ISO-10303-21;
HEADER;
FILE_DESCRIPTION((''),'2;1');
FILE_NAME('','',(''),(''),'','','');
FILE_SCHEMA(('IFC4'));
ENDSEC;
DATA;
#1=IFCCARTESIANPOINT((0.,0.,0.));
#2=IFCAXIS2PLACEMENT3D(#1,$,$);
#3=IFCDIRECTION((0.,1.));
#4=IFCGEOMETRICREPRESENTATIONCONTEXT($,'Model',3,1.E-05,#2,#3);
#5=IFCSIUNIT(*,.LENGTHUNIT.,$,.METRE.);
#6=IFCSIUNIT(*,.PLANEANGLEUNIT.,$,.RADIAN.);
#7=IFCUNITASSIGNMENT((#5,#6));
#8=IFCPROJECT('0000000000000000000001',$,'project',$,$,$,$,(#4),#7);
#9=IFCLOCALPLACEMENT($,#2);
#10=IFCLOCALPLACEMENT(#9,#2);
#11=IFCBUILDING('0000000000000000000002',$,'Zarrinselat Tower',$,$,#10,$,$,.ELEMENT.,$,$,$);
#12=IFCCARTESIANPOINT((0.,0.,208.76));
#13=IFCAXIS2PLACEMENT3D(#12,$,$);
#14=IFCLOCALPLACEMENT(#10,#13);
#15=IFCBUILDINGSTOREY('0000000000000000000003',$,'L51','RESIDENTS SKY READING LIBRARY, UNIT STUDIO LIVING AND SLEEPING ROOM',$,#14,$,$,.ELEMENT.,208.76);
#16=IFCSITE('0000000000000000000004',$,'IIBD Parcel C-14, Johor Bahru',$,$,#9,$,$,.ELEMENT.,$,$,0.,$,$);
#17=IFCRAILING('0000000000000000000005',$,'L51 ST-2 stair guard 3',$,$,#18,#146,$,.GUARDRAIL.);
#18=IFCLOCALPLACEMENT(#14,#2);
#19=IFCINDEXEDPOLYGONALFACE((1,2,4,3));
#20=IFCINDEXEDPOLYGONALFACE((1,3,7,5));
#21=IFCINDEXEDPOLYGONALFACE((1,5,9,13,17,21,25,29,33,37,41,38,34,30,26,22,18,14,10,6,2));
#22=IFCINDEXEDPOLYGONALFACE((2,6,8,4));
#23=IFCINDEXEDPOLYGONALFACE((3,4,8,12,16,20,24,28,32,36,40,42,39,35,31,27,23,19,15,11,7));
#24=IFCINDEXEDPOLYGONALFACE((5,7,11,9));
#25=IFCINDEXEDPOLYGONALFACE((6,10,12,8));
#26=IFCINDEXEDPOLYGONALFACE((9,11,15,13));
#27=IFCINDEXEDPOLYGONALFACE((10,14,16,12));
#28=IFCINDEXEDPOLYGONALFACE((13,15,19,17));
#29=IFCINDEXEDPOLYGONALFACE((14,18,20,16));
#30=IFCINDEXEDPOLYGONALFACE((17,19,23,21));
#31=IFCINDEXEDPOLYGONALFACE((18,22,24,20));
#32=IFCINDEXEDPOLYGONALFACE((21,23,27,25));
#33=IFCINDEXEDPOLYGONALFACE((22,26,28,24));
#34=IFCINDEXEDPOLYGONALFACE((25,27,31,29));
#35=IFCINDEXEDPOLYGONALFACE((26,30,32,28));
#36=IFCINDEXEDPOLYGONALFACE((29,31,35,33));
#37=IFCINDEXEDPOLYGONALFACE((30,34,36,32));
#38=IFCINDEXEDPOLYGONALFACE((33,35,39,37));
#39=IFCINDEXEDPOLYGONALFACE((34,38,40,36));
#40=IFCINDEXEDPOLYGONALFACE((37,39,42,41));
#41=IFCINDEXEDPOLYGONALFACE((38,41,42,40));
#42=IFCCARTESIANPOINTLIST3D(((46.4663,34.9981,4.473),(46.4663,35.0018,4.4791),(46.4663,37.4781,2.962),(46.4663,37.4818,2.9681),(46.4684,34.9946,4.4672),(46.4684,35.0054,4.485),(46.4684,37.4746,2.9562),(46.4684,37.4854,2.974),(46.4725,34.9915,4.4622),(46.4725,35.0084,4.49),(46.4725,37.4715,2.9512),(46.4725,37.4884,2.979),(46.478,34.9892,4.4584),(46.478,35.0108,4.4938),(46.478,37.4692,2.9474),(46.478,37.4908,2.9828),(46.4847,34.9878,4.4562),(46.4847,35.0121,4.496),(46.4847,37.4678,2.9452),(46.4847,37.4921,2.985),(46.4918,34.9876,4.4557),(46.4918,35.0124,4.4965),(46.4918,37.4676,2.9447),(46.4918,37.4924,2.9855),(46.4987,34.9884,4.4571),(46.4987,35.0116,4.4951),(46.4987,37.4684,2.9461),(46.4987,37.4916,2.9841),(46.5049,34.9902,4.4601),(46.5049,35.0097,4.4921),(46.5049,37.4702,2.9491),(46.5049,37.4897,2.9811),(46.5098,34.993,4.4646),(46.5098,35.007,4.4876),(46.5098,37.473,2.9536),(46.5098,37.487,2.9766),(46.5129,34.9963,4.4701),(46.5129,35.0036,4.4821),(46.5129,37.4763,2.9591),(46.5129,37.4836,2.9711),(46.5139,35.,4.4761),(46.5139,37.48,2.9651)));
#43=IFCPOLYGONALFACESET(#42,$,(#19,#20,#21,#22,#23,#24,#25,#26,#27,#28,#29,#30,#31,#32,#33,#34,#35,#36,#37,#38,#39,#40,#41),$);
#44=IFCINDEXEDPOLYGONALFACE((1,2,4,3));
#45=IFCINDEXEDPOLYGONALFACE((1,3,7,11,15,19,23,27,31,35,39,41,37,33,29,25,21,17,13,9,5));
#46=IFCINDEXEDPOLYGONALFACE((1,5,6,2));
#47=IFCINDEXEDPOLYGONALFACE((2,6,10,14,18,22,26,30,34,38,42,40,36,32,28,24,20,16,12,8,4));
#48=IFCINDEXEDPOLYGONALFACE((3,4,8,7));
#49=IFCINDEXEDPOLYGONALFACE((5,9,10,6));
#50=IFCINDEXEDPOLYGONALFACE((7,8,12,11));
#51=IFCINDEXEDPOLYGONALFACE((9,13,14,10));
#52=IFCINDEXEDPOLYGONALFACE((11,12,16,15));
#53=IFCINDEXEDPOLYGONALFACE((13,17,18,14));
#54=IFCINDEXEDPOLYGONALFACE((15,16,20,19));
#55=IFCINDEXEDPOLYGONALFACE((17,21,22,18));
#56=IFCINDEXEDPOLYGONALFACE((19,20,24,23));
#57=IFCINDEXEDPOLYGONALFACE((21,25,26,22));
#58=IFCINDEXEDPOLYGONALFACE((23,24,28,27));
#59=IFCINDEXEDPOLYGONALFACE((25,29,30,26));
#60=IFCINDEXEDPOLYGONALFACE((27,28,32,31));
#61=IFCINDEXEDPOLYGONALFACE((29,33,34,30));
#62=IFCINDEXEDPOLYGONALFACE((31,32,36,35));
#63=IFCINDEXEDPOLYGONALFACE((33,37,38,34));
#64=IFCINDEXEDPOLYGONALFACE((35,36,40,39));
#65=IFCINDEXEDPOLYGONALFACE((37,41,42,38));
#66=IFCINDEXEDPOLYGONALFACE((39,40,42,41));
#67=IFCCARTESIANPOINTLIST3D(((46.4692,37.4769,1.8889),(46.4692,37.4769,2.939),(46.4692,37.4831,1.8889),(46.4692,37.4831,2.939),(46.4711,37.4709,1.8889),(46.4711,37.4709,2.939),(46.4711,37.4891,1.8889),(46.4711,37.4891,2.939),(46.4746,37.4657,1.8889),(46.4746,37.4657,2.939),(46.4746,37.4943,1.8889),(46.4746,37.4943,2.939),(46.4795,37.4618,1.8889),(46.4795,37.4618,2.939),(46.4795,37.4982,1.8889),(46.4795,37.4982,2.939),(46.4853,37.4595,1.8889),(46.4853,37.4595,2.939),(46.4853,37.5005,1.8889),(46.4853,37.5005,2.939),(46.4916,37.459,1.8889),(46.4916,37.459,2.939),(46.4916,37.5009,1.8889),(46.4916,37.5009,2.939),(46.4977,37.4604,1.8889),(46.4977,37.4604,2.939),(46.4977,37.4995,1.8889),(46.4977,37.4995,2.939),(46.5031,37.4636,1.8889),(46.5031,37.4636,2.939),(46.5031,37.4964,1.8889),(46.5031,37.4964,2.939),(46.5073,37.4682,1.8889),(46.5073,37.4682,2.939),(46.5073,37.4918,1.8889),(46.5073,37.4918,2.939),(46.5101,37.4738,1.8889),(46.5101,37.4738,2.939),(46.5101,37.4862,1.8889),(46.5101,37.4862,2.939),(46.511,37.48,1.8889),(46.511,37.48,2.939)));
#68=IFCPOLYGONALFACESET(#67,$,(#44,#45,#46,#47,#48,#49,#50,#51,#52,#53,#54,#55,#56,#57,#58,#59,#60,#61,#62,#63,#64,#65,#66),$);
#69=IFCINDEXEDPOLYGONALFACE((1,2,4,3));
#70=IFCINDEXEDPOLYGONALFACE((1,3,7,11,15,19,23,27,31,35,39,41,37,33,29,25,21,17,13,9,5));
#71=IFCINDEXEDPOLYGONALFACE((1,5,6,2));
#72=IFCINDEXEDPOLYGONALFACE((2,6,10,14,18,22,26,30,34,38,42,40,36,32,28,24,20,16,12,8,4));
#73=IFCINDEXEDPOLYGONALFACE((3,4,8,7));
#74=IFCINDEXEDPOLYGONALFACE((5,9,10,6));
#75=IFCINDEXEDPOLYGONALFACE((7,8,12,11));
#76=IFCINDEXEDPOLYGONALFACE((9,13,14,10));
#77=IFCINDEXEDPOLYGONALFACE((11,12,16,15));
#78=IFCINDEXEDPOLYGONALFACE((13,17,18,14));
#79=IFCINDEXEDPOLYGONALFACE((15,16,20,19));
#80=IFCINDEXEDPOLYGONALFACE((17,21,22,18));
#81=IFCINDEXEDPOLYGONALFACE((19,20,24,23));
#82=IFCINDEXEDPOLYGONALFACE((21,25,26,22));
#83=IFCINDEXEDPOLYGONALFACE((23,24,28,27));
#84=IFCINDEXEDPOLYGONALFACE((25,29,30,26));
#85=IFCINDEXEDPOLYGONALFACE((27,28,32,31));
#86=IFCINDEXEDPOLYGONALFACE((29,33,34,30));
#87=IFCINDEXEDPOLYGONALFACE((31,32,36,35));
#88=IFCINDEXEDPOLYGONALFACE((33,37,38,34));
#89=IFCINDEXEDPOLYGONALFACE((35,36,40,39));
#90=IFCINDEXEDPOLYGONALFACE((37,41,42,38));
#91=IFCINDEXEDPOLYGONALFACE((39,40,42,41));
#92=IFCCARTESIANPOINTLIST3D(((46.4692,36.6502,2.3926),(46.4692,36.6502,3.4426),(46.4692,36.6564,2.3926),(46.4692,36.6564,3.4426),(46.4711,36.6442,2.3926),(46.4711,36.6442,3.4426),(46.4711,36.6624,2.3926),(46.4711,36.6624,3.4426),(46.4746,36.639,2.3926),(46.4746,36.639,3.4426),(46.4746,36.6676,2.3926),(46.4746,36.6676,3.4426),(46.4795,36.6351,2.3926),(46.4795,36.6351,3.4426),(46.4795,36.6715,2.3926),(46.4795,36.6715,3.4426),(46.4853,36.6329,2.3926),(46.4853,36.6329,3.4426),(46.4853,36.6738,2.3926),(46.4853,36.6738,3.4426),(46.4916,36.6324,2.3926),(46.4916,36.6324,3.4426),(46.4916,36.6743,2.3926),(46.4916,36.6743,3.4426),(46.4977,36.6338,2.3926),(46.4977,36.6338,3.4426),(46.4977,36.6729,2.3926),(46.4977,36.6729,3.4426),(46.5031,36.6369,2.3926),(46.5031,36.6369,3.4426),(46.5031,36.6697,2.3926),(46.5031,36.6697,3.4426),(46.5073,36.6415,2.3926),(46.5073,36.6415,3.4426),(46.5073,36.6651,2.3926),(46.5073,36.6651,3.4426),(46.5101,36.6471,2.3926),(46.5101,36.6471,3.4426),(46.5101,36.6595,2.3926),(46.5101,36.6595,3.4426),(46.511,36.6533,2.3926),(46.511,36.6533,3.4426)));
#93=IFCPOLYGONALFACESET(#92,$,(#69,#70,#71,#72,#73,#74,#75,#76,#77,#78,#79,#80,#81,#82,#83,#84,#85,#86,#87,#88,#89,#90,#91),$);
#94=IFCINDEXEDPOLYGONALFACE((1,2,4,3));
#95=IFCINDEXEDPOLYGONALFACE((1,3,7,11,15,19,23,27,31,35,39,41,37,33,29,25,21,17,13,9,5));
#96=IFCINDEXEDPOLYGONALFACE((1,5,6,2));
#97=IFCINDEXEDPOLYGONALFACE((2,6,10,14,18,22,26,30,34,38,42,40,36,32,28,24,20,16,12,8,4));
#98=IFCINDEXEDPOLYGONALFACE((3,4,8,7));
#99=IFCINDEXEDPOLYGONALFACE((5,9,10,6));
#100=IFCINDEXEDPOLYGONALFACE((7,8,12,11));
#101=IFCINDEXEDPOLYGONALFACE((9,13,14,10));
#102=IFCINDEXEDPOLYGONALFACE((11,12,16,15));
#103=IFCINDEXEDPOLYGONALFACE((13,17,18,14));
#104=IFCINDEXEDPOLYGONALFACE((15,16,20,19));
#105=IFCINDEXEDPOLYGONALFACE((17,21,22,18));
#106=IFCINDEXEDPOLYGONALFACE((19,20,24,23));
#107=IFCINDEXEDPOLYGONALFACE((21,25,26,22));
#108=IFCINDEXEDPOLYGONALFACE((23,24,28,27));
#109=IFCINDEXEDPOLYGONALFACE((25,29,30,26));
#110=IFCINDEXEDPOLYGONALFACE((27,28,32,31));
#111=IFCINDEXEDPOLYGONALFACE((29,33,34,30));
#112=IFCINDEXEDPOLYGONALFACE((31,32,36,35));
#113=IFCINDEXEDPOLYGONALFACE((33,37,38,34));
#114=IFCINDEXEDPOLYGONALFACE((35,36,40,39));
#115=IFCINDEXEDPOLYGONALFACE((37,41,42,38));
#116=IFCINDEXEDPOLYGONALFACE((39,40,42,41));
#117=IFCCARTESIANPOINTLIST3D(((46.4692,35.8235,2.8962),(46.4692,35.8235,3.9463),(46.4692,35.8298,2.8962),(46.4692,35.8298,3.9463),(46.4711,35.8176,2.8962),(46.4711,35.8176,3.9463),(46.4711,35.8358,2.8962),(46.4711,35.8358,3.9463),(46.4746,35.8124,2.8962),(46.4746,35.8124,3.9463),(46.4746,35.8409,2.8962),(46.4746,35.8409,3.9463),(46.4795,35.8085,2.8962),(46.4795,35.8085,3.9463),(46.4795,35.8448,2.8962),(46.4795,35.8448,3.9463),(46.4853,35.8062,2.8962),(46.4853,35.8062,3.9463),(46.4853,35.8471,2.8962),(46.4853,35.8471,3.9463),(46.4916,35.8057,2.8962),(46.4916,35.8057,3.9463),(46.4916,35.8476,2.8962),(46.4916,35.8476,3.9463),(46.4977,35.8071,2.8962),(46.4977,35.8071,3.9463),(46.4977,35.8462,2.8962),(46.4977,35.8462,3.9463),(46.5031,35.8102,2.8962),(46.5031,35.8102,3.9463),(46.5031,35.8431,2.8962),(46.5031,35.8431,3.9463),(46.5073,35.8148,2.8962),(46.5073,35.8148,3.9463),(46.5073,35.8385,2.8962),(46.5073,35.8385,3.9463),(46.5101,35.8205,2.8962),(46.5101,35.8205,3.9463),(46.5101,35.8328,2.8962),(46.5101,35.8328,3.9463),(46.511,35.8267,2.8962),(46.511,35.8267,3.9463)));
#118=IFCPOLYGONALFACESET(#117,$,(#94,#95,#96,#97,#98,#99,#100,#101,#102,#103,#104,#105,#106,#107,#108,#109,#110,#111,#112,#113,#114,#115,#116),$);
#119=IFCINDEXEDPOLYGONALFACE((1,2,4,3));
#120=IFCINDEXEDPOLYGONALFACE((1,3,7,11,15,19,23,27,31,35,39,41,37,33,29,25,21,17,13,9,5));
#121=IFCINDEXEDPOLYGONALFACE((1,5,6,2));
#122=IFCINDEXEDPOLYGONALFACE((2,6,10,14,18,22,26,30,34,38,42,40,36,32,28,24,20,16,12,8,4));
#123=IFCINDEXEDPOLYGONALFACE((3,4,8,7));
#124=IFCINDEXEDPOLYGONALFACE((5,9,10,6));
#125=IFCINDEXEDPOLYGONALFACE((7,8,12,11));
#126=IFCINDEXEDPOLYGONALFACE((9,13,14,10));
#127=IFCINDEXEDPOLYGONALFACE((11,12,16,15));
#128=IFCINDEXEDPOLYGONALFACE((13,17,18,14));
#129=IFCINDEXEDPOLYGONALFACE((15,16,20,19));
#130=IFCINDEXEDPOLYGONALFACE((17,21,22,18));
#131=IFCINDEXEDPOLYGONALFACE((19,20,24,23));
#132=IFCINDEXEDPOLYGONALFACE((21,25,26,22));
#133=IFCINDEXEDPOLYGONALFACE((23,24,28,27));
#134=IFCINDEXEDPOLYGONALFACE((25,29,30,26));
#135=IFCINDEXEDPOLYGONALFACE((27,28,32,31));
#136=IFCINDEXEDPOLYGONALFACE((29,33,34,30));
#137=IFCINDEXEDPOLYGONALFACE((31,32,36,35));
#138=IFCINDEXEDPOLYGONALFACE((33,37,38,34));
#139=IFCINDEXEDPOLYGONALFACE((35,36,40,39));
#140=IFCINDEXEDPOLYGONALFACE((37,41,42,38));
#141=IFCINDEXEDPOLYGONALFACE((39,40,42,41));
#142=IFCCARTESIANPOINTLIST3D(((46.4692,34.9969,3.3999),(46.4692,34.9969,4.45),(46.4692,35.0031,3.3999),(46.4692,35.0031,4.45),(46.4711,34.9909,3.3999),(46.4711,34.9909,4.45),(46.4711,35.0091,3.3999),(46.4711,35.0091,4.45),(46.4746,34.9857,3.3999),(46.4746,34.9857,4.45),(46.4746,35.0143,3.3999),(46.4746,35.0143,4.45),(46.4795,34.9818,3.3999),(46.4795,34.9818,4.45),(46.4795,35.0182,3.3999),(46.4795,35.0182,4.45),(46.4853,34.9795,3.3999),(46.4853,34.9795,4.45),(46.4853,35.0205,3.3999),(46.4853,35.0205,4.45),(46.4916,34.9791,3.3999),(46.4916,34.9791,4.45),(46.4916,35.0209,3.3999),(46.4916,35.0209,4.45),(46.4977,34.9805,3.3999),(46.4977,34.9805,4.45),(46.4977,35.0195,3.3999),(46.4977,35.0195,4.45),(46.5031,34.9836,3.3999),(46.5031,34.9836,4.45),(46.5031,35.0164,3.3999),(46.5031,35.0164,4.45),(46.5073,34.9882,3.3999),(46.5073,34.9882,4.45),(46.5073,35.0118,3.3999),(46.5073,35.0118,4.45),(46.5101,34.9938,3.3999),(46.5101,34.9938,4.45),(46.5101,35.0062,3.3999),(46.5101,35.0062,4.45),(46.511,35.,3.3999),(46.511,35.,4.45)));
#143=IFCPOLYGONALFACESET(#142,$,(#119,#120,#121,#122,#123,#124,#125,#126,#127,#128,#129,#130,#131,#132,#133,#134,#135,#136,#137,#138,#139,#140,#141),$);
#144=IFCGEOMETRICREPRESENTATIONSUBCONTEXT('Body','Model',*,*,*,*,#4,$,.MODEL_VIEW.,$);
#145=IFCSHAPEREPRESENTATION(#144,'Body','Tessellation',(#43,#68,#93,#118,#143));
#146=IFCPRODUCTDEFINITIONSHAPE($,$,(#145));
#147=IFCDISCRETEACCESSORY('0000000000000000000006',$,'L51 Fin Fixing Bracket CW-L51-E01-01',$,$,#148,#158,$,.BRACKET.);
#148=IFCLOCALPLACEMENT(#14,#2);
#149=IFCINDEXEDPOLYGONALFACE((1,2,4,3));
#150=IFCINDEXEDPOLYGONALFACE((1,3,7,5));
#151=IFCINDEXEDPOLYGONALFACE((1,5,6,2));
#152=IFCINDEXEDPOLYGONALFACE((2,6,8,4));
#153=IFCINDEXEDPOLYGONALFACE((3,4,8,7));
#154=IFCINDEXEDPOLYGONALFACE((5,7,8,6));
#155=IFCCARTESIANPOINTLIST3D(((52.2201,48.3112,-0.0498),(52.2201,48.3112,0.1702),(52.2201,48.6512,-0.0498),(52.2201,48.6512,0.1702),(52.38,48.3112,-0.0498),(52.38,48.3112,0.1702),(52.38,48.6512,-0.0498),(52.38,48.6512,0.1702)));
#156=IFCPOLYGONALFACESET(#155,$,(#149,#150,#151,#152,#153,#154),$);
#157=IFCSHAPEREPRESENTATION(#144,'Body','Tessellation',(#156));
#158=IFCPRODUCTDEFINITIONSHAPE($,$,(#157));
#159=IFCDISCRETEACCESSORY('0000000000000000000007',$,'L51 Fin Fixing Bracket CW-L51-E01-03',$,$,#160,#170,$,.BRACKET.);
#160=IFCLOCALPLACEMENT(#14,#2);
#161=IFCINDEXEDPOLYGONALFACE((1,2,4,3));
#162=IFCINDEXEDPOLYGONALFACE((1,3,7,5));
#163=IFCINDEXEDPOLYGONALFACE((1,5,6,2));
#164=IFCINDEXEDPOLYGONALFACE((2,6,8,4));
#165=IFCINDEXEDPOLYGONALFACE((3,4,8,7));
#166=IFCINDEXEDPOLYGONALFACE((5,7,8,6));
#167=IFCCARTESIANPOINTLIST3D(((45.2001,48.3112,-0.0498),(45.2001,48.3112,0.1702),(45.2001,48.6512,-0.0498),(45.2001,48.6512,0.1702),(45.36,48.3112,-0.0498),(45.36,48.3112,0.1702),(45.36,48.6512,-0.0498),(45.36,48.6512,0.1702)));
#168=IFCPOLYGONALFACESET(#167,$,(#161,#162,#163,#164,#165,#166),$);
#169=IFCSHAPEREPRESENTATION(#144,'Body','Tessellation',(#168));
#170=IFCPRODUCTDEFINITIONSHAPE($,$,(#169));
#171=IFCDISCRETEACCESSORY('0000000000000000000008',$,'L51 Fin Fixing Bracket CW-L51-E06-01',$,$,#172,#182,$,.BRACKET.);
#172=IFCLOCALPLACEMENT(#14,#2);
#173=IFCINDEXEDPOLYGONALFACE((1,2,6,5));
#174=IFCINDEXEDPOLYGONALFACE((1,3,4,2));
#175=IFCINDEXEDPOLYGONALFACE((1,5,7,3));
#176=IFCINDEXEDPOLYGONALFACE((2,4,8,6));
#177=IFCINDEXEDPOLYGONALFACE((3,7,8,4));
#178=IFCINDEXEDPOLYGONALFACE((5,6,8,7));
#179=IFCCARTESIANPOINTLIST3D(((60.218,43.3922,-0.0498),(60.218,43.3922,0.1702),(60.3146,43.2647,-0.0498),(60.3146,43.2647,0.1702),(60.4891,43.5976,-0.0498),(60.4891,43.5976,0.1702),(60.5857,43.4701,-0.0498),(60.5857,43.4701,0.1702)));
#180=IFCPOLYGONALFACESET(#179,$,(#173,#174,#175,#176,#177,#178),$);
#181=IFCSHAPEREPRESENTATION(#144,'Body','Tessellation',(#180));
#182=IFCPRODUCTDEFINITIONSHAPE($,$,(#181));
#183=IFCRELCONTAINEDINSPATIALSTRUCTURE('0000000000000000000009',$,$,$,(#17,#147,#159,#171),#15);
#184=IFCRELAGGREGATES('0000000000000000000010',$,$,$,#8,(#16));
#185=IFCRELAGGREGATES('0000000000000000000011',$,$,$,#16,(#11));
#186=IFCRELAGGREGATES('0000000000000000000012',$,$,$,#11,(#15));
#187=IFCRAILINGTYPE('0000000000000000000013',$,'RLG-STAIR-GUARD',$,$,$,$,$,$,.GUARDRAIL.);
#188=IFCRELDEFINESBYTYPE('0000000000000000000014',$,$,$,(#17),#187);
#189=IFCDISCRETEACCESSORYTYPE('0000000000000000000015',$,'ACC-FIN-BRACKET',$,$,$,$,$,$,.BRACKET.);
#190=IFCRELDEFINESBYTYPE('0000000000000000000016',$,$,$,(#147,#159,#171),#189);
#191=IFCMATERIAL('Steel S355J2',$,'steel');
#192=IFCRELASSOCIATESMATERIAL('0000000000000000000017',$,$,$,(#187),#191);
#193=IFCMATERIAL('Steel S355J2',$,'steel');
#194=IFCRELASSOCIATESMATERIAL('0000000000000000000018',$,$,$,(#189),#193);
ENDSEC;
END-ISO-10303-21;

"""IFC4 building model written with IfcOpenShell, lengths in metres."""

from ifc_helpers import new_model, si_unit, direction, frame, origin, origin_2d, place, context, subcontext, project, spatial, rectangle, circle, extrude, material, type_object, element, save


model = new_model("IFC4")

# Units and contexts
model_context = context("Model", 3, precision=1e-05, world=origin(), true_north=direction((0.0, 1.0)))
body_context = subcontext(model_context, "Body", "Model", "MODEL_VIEW")
ifc_project = project(units=[si_unit("LENGTHUNIT", "METRE"), si_unit("PLANEANGLEUNIT", "RADIAN")], contexts=[model_context])

# Site, building, storey
site_placement = place(None, origin())
site = spatial("IfcSite", under=ifc_project, at=site_placement, Name="IIBD Parcel C-14, Johor Bahru", CompositionType="ELEMENT", RefElevation=0.0)
building_placement = place(site_placement, origin())
building = spatial("IfcBuilding", under=site, at=building_placement, Name="Zarrinselat Tower", CompositionType="ELEMENT")
storey_placement = place(building_placement, frame((0.0, 0.0, 208.76)))
storey = spatial("IfcBuildingStorey", under=building, at=storey_placement, Name="L51", Description="RESIDENTS SKY READING LIBRARY, UNIT STUDIO LIVING AND SLEEPING ROOM", CompositionType="ELEMENT", Elevation=208.76)

# Railing
ifc_material_1 = material(Name="Steel S355J2", Category="steel")
railing_type = type_object("IfcRailingType", Name="RLG-STAIR-GUARD", PredefinedType="GUARDRAIL", material=ifc_material_1)
railing_1_placement = place(storey_placement, frame((46.49, 37.48, 1.8889)))
element("IfcRailing", 1, at=railing_1_placement, inside=storey, type_object=railing_type, Name="L51 ST-2 stair guard 3", PredefinedType="GUARDRAIL", context=body_context, shape_type="SweptSolid", body=[
    extrude(circle(Radius=0.0239, at=origin_2d()), frame((0.0, 0.0, 1.0762), z_axis=(0.0, -0.853979, 0.520307), x_axis=(1.0, 0.0, 0.0)), (0.0, 0.0, 1.0), 2.9041),
    extrude(circle(Radius=0.021, at=origin_2d()), origin(), (0.0, 0.0, 1.0), 1.05),
    extrude(circle(Radius=0.021, at=origin_2d()), frame((0.0, -0.8267, 0.5037)), (0.0, 0.0, 1.0), 1.05),
    extrude(circle(Radius=0.021, at=origin_2d()), frame((0.0, -1.6533, 1.0073)), (0.0, 0.0, 1.0), 1.05),
    extrude(circle(Radius=0.021, at=origin_2d()), frame((0.0, -2.48, 1.511)), (0.0, 0.0, 1.0), 1.05),
])

# Discrete accessories
ifc_material_2 = material(Name="Steel S355J2", Category="steel")
discrete_accessory_type = type_object("IfcDiscreteAccessoryType", Name="ACC-FIN-BRACKET", PredefinedType="BRACKET", material=ifc_material_2)
for number, where, z_axis, x_axis, name in (
    (2, (52.3, 48.4812, -0.0498), (0.0, 0.0, 1.0), (0.0, 1.0, 0.0), "L51 Fin Fixing Bracket CW-L51-E01-01"),
    (3, (45.28, 48.4812, -0.0498), (0.0, 0.0, 1.0), (0.0, 1.0, 0.0), "L51 Fin Fixing Bracket CW-L51-E01-03"),
    (4, (60.4019, 43.4312, -0.0498), (0.0, 0.0, 1.0), (0.797092, 0.603858, 0.0), "L51 Fin Fixing Bracket CW-L51-E06-01"),
):
    element("IfcDiscreteAccessory", number, at=place(storey_placement, frame(where, z_axis=z_axis, x_axis=x_axis)), inside=storey, type_object=discrete_accessory_type, Name=name, PredefinedType="BRACKET", context=body_context, shape_type="SweptSolid", body=[
        extrude(rectangle(XDim=0.3401, YDim=0.1599, at=origin_2d()), origin(), (0.0, 0.0, 1.0), 0.22),
    ])

save(model, "model.ifc")
